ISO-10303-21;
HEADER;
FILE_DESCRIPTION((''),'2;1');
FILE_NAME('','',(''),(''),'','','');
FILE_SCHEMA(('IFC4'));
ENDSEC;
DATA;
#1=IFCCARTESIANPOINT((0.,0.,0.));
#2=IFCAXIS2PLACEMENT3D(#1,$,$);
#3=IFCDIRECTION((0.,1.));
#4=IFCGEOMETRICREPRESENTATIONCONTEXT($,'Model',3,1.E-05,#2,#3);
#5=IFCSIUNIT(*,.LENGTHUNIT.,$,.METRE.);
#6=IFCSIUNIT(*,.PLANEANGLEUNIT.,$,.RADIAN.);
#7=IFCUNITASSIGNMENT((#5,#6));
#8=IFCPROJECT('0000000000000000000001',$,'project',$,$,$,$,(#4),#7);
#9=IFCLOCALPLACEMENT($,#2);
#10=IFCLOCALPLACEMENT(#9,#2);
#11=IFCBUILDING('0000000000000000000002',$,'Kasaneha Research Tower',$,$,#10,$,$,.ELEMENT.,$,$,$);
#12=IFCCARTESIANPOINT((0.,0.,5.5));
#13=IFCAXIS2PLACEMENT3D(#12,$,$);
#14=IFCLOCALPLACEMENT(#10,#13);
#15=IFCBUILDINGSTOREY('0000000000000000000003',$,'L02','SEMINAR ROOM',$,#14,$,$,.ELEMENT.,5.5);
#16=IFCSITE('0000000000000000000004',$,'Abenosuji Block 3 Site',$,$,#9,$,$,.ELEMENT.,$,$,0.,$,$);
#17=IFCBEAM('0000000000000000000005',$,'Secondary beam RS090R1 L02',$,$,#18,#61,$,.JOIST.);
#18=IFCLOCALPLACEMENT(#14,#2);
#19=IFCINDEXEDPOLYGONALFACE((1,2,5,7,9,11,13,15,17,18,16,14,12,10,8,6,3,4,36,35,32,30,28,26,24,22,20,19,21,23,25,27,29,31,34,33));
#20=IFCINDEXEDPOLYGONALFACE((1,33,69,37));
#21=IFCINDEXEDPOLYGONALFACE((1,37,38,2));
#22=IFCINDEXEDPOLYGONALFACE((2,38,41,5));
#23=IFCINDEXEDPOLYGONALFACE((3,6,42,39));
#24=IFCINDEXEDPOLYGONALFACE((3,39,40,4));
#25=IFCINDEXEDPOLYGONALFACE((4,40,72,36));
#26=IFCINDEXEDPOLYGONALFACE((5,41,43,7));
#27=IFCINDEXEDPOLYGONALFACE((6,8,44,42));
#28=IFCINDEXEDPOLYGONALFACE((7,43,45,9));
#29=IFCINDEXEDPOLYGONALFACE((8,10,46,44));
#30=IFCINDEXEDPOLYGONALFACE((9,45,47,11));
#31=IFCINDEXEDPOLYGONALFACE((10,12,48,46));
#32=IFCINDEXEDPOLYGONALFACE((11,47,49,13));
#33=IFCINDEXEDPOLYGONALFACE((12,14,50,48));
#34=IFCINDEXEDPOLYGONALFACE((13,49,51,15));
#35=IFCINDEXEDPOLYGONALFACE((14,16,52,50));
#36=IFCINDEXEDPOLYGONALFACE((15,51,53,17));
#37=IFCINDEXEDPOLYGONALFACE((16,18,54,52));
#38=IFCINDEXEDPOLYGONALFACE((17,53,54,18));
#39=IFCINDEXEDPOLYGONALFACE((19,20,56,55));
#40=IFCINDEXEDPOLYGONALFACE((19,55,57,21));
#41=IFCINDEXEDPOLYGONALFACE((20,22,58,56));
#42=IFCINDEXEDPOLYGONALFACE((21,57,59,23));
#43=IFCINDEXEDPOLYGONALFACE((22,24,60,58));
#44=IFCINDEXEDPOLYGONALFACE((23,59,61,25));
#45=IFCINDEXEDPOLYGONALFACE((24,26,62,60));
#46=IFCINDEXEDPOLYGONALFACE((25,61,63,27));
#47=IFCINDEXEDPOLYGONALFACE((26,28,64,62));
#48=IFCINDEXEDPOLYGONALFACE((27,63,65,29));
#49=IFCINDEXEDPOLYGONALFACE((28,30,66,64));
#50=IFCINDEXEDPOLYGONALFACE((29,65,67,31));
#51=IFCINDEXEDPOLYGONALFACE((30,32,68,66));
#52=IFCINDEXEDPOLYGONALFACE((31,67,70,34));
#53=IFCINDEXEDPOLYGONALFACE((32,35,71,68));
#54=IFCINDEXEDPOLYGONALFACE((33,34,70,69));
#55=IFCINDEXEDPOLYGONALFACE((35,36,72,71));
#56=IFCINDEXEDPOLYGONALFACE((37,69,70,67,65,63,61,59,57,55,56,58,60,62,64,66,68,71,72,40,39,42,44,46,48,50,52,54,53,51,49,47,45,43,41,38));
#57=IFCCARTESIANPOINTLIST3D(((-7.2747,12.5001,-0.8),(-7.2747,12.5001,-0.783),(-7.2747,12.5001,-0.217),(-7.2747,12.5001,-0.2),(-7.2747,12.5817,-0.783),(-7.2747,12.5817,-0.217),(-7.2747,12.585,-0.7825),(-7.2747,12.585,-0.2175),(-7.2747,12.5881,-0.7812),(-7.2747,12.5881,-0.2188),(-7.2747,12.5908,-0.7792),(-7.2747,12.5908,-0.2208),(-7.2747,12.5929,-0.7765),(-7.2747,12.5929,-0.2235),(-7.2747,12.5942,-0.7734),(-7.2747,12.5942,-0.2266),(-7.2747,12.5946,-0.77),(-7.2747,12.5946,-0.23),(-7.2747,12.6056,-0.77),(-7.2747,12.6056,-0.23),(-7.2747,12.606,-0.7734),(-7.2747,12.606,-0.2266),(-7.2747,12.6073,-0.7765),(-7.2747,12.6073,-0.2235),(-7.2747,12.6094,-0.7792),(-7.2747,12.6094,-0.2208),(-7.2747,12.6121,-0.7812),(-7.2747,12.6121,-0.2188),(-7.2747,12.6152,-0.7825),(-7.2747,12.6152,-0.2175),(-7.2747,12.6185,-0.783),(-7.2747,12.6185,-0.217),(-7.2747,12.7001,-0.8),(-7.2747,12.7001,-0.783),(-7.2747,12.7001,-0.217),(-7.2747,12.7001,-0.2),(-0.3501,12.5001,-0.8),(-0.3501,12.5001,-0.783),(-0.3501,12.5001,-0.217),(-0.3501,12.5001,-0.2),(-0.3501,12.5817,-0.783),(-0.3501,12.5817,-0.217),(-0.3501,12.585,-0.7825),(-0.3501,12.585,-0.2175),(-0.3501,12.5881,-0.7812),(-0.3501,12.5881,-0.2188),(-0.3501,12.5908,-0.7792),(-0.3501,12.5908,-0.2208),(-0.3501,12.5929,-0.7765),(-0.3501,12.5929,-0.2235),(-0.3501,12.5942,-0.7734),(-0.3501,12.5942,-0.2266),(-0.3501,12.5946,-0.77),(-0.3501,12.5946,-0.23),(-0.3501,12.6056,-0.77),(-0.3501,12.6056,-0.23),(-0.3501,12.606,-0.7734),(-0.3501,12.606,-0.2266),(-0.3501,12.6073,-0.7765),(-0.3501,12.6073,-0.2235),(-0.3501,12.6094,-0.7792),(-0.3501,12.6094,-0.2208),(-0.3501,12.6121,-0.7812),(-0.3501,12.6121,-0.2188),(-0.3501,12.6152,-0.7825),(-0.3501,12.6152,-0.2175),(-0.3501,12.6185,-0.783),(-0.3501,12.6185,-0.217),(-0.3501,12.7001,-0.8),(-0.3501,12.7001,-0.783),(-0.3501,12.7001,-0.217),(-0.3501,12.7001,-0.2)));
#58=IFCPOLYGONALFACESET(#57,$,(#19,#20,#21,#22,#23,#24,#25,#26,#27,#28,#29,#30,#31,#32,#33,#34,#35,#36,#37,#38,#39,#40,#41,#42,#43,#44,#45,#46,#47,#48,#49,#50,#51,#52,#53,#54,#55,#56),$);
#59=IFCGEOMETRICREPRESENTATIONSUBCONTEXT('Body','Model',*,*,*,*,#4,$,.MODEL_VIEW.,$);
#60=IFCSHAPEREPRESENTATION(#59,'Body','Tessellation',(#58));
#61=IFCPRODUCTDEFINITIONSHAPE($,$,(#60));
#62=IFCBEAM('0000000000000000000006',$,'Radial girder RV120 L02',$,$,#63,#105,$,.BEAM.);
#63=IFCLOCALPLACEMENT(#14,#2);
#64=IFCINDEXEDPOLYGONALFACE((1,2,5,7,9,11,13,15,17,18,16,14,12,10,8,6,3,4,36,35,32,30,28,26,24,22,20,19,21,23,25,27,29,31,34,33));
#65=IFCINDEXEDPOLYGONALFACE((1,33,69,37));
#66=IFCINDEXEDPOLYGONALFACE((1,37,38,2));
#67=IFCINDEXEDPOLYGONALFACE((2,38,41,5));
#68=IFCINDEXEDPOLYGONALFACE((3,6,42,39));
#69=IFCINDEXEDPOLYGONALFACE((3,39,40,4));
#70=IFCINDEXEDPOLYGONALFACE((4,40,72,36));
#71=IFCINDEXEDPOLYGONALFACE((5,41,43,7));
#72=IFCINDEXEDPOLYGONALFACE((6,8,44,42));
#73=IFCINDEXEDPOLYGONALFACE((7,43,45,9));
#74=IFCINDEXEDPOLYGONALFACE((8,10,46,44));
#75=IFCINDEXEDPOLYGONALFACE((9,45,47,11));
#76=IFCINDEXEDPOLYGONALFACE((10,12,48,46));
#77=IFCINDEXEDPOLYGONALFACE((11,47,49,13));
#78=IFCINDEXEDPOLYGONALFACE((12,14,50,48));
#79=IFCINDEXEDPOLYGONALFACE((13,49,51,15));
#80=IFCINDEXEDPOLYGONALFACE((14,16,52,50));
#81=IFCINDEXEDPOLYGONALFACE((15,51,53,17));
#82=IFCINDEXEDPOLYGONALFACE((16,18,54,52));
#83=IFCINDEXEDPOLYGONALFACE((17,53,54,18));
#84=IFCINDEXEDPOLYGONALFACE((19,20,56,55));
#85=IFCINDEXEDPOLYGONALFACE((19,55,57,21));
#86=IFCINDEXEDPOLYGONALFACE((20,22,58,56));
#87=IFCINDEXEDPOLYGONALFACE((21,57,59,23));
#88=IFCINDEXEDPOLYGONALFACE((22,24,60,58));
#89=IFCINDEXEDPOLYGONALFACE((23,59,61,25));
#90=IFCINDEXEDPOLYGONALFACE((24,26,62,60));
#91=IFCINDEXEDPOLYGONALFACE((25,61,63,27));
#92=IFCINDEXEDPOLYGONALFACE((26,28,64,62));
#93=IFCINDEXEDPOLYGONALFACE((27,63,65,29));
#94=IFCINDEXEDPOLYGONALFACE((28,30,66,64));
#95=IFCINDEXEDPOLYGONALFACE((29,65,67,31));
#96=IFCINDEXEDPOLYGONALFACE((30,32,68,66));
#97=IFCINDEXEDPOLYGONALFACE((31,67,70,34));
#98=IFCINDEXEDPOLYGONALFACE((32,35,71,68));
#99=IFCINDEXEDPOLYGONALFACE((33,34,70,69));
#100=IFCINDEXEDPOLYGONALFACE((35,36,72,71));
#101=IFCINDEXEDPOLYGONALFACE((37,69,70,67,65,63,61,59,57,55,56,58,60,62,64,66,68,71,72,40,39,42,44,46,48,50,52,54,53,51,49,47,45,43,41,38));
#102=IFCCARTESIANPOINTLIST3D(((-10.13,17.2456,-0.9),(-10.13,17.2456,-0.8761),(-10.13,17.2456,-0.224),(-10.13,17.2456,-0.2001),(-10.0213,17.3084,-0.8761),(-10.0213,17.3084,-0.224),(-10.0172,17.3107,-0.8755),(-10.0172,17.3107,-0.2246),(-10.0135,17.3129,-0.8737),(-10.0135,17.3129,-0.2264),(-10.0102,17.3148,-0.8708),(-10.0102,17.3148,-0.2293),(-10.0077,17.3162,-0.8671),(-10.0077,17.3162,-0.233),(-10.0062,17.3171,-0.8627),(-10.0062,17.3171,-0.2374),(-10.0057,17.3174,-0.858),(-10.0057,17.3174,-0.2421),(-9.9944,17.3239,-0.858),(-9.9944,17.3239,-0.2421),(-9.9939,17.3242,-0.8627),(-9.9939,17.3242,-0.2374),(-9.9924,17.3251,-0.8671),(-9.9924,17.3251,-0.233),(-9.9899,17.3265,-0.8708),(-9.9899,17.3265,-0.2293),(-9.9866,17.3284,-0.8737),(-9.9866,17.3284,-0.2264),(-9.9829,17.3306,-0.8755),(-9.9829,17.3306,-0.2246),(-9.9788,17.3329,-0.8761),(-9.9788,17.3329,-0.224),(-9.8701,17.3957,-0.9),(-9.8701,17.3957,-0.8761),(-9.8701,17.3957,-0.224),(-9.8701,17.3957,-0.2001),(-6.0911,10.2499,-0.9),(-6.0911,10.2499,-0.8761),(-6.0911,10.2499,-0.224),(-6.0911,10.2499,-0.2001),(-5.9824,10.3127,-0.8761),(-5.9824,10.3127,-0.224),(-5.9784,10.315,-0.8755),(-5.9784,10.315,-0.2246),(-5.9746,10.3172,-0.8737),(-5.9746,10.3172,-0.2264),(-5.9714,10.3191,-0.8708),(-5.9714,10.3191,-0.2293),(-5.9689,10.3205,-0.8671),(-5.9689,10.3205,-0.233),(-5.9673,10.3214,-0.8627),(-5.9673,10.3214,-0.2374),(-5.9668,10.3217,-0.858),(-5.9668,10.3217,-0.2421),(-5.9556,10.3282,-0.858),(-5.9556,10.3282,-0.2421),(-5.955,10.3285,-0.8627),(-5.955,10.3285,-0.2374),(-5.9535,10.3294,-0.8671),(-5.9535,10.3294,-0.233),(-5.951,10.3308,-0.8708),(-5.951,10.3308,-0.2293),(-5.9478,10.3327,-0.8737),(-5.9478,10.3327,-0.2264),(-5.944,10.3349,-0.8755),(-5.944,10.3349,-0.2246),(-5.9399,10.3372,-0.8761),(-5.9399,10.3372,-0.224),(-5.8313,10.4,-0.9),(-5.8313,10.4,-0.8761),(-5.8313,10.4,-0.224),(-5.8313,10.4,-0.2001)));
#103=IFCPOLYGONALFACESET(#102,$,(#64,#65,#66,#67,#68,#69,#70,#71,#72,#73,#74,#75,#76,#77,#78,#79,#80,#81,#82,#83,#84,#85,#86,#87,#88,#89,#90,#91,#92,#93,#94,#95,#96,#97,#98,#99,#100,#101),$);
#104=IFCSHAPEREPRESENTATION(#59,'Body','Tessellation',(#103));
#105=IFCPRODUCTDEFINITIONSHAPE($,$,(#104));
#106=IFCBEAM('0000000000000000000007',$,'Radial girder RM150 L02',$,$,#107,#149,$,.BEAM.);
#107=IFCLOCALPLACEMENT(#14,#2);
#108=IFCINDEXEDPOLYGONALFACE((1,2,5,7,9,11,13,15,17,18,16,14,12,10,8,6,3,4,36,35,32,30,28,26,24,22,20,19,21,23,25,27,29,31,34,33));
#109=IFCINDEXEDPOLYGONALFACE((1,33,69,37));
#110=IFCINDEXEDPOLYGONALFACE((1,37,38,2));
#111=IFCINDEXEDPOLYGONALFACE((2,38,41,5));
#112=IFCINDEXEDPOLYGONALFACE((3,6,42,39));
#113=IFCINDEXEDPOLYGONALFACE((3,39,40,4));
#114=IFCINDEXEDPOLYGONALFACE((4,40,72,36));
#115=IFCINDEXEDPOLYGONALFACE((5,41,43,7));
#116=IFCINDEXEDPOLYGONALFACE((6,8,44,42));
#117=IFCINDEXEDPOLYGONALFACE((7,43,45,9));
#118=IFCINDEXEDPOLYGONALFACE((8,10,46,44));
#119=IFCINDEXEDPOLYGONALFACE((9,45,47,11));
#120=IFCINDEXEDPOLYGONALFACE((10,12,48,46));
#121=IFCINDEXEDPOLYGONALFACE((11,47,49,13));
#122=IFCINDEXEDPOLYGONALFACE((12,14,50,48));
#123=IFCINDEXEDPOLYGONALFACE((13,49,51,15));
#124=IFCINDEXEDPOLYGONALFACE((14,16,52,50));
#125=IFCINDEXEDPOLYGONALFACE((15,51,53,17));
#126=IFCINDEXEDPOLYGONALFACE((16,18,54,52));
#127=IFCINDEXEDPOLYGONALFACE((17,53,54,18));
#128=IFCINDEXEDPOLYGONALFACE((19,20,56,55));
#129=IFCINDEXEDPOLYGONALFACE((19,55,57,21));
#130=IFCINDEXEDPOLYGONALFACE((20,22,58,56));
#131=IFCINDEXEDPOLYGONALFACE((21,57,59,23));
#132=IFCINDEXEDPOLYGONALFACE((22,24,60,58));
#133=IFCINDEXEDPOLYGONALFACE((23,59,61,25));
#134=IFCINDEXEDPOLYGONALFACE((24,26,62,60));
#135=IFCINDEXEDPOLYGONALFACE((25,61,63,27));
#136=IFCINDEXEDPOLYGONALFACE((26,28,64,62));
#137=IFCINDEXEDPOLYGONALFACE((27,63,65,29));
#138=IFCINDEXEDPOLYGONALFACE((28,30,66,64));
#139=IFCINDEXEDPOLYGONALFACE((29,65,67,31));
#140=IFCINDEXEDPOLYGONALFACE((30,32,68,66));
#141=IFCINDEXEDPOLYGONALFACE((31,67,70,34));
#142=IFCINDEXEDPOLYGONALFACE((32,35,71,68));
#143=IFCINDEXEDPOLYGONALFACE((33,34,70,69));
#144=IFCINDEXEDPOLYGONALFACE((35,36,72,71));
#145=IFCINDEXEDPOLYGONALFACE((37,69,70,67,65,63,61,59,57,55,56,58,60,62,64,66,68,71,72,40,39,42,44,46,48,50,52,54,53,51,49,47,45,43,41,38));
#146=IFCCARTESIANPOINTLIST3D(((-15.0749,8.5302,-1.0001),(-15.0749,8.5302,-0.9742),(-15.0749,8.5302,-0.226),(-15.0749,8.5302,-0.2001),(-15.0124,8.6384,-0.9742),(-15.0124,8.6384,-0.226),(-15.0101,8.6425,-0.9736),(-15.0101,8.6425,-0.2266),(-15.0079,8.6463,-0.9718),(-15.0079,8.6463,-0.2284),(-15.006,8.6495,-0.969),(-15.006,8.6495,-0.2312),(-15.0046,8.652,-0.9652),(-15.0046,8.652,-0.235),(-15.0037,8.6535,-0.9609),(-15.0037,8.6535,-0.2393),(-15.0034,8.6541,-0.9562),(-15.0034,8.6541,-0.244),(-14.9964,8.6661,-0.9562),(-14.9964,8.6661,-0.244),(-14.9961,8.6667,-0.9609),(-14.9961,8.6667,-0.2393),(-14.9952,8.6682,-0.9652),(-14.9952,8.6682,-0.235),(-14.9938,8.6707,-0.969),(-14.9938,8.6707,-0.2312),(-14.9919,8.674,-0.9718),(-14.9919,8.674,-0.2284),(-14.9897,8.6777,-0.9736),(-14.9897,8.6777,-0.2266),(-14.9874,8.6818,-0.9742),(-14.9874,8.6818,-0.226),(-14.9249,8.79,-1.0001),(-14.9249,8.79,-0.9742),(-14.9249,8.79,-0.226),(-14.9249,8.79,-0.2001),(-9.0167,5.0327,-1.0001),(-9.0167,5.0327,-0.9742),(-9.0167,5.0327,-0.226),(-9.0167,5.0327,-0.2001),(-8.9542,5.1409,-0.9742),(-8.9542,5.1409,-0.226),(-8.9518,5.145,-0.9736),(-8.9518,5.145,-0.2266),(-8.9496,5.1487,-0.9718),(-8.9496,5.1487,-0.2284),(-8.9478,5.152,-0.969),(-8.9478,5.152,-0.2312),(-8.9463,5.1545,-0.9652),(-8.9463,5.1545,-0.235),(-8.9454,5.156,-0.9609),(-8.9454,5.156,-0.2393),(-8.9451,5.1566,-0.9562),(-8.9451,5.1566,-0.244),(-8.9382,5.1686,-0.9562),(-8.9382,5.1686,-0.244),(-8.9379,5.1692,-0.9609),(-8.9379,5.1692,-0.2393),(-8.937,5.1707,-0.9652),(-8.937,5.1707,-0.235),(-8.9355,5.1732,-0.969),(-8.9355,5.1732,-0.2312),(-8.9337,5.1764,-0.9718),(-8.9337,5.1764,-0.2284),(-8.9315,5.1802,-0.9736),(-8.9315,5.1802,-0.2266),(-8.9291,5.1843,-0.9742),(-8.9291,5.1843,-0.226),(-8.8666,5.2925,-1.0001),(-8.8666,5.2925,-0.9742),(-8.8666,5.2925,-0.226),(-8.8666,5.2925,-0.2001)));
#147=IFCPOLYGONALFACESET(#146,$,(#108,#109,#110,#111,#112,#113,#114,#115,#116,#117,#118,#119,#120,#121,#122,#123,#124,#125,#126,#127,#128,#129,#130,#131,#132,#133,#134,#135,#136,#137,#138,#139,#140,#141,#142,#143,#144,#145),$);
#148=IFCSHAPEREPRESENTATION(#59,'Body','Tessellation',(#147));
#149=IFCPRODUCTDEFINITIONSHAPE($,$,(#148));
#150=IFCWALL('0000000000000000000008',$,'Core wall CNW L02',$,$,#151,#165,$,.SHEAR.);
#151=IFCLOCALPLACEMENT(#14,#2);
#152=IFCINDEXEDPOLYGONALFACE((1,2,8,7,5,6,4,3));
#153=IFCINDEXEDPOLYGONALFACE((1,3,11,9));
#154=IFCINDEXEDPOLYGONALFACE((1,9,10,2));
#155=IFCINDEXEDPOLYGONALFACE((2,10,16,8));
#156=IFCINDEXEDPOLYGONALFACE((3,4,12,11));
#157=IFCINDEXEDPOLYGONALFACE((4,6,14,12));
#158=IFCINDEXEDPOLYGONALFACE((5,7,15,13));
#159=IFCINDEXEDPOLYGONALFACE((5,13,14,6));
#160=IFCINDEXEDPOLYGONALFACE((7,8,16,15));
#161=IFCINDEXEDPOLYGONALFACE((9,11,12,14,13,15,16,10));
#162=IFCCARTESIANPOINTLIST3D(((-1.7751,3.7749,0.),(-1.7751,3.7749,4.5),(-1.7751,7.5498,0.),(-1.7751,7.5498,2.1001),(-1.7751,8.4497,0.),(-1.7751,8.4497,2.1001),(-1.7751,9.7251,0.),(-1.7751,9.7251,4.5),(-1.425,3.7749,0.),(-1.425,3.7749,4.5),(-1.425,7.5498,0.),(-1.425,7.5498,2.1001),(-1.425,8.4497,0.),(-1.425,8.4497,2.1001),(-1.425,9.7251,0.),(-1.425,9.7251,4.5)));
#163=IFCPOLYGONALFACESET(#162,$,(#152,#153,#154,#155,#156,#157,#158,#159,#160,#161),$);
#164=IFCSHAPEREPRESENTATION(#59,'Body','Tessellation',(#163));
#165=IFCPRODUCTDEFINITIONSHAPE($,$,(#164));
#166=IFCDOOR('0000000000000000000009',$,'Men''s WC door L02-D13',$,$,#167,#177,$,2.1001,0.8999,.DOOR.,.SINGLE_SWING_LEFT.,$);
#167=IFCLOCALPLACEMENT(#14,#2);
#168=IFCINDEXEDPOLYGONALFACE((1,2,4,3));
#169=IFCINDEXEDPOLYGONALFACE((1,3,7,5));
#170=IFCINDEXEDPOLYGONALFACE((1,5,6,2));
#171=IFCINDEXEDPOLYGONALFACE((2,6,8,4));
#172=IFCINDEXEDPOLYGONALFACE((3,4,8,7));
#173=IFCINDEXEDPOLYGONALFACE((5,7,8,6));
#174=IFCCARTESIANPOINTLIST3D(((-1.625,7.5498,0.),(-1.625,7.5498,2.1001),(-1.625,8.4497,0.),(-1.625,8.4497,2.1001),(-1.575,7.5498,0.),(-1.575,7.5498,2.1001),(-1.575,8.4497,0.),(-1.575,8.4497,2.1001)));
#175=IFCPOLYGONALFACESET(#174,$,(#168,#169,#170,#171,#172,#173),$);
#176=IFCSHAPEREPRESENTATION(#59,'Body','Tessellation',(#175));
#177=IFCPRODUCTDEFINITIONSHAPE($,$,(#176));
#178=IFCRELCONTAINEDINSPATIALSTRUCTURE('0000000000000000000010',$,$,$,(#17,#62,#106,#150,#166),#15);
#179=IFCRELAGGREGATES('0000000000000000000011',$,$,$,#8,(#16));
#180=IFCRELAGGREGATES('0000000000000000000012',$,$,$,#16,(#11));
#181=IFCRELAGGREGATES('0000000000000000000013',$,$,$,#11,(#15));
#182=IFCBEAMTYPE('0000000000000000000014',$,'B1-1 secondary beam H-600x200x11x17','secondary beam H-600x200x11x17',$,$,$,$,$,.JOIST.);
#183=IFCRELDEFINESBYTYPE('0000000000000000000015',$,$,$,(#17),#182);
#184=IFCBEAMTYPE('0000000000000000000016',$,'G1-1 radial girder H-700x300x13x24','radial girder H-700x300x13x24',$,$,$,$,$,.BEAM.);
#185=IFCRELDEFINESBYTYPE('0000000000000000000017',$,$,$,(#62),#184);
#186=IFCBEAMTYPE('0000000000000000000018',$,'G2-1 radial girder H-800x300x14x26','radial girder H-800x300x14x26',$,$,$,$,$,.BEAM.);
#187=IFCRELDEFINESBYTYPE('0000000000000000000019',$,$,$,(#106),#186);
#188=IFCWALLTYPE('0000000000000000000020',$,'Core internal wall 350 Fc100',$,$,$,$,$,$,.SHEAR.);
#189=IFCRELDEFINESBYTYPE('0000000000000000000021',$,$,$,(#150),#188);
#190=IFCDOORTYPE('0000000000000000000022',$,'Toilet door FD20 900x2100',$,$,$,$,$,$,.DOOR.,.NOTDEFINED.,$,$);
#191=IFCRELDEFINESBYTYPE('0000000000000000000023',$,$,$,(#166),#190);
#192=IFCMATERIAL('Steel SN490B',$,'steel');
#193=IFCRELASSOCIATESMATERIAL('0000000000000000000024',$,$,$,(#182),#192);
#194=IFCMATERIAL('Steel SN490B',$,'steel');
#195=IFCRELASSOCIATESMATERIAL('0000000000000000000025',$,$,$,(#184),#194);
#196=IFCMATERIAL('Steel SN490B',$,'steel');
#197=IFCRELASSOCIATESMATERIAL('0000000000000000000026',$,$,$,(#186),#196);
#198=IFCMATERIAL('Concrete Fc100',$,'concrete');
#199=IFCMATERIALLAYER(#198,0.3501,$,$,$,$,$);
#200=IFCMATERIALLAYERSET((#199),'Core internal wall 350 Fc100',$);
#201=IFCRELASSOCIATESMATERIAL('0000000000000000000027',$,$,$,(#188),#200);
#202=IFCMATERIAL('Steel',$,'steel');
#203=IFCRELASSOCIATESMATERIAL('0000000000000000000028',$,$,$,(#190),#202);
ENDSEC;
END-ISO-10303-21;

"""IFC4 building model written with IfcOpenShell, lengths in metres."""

from ifc_helpers import new_model, si_unit, direction, frame, frame_2d, origin, origin_2d, place, context, subcontext, project, spatial, rectangle, i_section, extrude, material, layer, layer_set, material_profile, profile_set, type_object, element, fill, save


model = new_model("IFC4")

# Units and contexts
model_context = context("Model", 3, precision=1e-05, world=origin(), true_north=direction((0.0, 1.0)))
body_context = subcontext(model_context, "Body", "Model", "MODEL_VIEW")
ifc_project = project(units=[si_unit("LENGTHUNIT", "METRE"), si_unit("PLANEANGLEUNIT", "RADIAN")], contexts=[model_context])

# Site, building, storey
site_placement = place(None, origin())
site = spatial("IfcSite", under=ifc_project, at=site_placement, Name="Abenosuji Block 3 Site", CompositionType="ELEMENT", RefElevation=0.0)
building_placement = place(site_placement, origin())
building = spatial("IfcBuilding", under=site, at=building_placement, Name="Kasaneha Research Tower", CompositionType="ELEMENT")
storey_placement = place(building_placement, frame((0.0, 0.0, 5.5)))
storey = spatial("IfcBuildingStorey", under=building, at=storey_placement, Name="L02", Description="SEMINAR ROOM", CompositionType="ELEMENT", Elevation=5.5)

# Beams
ifc_material_1 = material(Name="Steel SN490B", Category="steel")
ifc_material_profile_1 = material_profile(ifc_material_1, i_section(OverallWidth=0.2, OverallDepth=0.6001, WebThickness=0.011, FlangeThickness=0.0171, FilletRadius=0.0129, at=origin_2d()), Name="H-600x200x11x17")
ifc_profile_set_1 = profile_set([ifc_material_profile_1], Name="Steel SN490B")
beam_type_1 = type_object("IfcBeamType", Name="B1-1 secondary beam H-600x200x11x17", Description="secondary beam H-600x200x11x17", PredefinedType="JOIST", material=ifc_profile_set_1)
beam_1_placement = place(storey_placement, frame((-7.2747, 12.6001, -0.5), z_axis=(1.0, 0.0, 0.0), x_axis=(0.0, 1.0, 0.0)))
element("IfcBeam", 1, at=beam_1_placement, inside=storey, type_object=beam_type_1, Name="Secondary beam RS090R1 L02", PredefinedType="JOIST", context=body_context, shape_type="SweptSolid", body=[
    extrude(i_section(OverallWidth=0.2, OverallDepth=0.6001, WebThickness=0.011, FlangeThickness=0.0171, FilletRadius=0.0129, at=origin_2d()), origin(), (0.0, 0.0, 1.0), 6.9246),
])
ifc_material_2 = material(Name="Steel SN490B", Category="steel")
ifc_material_profile_2 = material_profile(ifc_material_2, i_section(OverallWidth=0.3, OverallDepth=0.7, WebThickness=0.0129, FlangeThickness=0.0239, FilletRadius=0.0181, at=origin_2d()), Name="H-700x300x13x24")
ifc_profile_set_2 = profile_set([ifc_material_profile_2], Name="Steel SN490B")
beam_type_2 = type_object("IfcBeamType", Name="G1-1 radial girder H-700x300x13x24", Description="radial girder H-700x300x13x24", PredefinedType="BEAM", material=ifc_profile_set_2)
beam_2_placement = place(storey_placement, frame((-5.9612, 10.325, -0.55), z_axis=(-0.499991, 0.866031, 0.0), x_axis=(-0.866031, -0.499991, 0.0)))
element("IfcBeam", 2, at=beam_2_placement, inside=storey, type_object=beam_type_2, Name="Radial girder RV120 L02", PredefinedType="BEAM", context=body_context, shape_type="SweptSolid", body=[
    extrude(i_section(OverallWidth=0.3, OverallDepth=0.7, WebThickness=0.0129, FlangeThickness=0.0239, FilletRadius=0.0181, at=origin_2d()), origin(), (0.0, 0.0, 1.0), 8.0779),
])
ifc_material_3 = material(Name="Steel SN490B", Category="steel")
ifc_material_profile_3 = material_profile(ifc_material_3, i_section(OverallWidth=0.3, OverallDepth=0.8, WebThickness=0.0139, FlangeThickness=0.0259, FilletRadius=0.0181, at=origin_2d()), Name="H-800x300x14x26")
ifc_profile_set_3 = profile_set([ifc_material_profile_3], Name="Steel SN490B")
beam_type_3 = type_object("IfcBeamType", Name="G2-1 radial girder H-800x300x14x26", Description="radial girder H-800x300x14x26", PredefinedType="BEAM", material=ifc_profile_set_3)
beam_3_placement = place(storey_placement, frame((-8.9417, 5.1626, -0.6001), z_axis=(-0.86604, 0.499975, 0.0), x_axis=(-0.499975, -0.86604, 0.0)))
element("IfcBeam", 3, at=beam_3_placement, inside=storey, type_object=beam_type_3, Name="Radial girder RM150 L02", PredefinedType="BEAM", context=body_context, shape_type="SweptSolid", body=[
    extrude(i_section(OverallWidth=0.3, OverallDepth=0.8, WebThickness=0.0139, FlangeThickness=0.0259, FilletRadius=0.0181, at=origin_2d()), origin(), (0.0, 0.0, 1.0), 6.9954),
])

# Wall, opening, door
ifc_material_4 = material(Name="Concrete Fc100", Category="concrete")
ifc_layer_1 = layer(ifc_material_4, 0.3501)
ifc_layer_set_1 = layer_set([ifc_layer_1], Name="Core internal wall 350 Fc100")
wall_type_1 = type_object("IfcWallType", Name="Core internal wall 350 Fc100", PredefinedType="SHEAR", material=ifc_layer_set_1)
wall_1_placement = place(storey_placement, frame((-1.6001, 3.7749, 0.0), z_axis=(0.0, 0.0, 1.0), x_axis=(0.0, 1.0, 0.0)))
wall_1 = element("IfcWall", 4, at=wall_1_placement, inside=storey, type_object=wall_type_1, Name="Core wall CNW L02", PredefinedType="SHEAR", context=body_context, shape_type="SweptSolid", body=[
    extrude(rectangle(XDim=5.9502, YDim=0.3501, at=frame_2d((2.9751, 0.0))), origin(), (0.0, 0.0, 1.0), 4.5),
])
opening_1_placement = place(wall_1_placement, frame((3.7749, 0.0, 0.0)))
opening_1 = element("IfcOpeningElement", 5, at=opening_1_placement, cuts=wall_1, PredefinedType="OPENING", context=body_context, shape_type="SweptSolid", body=[
    extrude(rectangle(XDim=0.8999, YDim=2.1001, at=frame_2d((0.45, 1.05))), frame((0.0, 0.1851, 0.0), z_axis=(0.0, -1.0, 0.0), x_axis=(1.0, 0.0, 0.0)), (0.0, 0.0, 1.0), 0.3701),
])
ifc_material_5 = material(Name="Steel", Category="steel")
door_type_1 = type_object("IfcDoorType", Name="Toilet door FD20 900x2100", OperationType="NOTDEFINED", PredefinedType="DOOR", material=ifc_material_5)
door_1_placement = place(opening_1_placement, origin())
door_1 = element("IfcDoor", 6, at=door_1_placement, inside=storey, type_object=door_type_1, Name="Men's WC door L02-D13", OperationType="SINGLE_SWING_LEFT", OverallHeight=2.1001, OverallWidth=0.8999, PredefinedType="DOOR", context=body_context, shape_type="SweptSolid", body=[
    extrude(rectangle(XDim=0.8999, YDim=2.1001, at=frame_2d((0.45, 1.05))), frame((0.0, 0.0249, 0.0), z_axis=(0.0, -1.0, 0.0), x_axis=(1.0, 0.0, 0.0)), (0.0, 0.0, 1.0), 0.05),
])
fill(opening_1, door_1)

save(model, "model.ifc")
